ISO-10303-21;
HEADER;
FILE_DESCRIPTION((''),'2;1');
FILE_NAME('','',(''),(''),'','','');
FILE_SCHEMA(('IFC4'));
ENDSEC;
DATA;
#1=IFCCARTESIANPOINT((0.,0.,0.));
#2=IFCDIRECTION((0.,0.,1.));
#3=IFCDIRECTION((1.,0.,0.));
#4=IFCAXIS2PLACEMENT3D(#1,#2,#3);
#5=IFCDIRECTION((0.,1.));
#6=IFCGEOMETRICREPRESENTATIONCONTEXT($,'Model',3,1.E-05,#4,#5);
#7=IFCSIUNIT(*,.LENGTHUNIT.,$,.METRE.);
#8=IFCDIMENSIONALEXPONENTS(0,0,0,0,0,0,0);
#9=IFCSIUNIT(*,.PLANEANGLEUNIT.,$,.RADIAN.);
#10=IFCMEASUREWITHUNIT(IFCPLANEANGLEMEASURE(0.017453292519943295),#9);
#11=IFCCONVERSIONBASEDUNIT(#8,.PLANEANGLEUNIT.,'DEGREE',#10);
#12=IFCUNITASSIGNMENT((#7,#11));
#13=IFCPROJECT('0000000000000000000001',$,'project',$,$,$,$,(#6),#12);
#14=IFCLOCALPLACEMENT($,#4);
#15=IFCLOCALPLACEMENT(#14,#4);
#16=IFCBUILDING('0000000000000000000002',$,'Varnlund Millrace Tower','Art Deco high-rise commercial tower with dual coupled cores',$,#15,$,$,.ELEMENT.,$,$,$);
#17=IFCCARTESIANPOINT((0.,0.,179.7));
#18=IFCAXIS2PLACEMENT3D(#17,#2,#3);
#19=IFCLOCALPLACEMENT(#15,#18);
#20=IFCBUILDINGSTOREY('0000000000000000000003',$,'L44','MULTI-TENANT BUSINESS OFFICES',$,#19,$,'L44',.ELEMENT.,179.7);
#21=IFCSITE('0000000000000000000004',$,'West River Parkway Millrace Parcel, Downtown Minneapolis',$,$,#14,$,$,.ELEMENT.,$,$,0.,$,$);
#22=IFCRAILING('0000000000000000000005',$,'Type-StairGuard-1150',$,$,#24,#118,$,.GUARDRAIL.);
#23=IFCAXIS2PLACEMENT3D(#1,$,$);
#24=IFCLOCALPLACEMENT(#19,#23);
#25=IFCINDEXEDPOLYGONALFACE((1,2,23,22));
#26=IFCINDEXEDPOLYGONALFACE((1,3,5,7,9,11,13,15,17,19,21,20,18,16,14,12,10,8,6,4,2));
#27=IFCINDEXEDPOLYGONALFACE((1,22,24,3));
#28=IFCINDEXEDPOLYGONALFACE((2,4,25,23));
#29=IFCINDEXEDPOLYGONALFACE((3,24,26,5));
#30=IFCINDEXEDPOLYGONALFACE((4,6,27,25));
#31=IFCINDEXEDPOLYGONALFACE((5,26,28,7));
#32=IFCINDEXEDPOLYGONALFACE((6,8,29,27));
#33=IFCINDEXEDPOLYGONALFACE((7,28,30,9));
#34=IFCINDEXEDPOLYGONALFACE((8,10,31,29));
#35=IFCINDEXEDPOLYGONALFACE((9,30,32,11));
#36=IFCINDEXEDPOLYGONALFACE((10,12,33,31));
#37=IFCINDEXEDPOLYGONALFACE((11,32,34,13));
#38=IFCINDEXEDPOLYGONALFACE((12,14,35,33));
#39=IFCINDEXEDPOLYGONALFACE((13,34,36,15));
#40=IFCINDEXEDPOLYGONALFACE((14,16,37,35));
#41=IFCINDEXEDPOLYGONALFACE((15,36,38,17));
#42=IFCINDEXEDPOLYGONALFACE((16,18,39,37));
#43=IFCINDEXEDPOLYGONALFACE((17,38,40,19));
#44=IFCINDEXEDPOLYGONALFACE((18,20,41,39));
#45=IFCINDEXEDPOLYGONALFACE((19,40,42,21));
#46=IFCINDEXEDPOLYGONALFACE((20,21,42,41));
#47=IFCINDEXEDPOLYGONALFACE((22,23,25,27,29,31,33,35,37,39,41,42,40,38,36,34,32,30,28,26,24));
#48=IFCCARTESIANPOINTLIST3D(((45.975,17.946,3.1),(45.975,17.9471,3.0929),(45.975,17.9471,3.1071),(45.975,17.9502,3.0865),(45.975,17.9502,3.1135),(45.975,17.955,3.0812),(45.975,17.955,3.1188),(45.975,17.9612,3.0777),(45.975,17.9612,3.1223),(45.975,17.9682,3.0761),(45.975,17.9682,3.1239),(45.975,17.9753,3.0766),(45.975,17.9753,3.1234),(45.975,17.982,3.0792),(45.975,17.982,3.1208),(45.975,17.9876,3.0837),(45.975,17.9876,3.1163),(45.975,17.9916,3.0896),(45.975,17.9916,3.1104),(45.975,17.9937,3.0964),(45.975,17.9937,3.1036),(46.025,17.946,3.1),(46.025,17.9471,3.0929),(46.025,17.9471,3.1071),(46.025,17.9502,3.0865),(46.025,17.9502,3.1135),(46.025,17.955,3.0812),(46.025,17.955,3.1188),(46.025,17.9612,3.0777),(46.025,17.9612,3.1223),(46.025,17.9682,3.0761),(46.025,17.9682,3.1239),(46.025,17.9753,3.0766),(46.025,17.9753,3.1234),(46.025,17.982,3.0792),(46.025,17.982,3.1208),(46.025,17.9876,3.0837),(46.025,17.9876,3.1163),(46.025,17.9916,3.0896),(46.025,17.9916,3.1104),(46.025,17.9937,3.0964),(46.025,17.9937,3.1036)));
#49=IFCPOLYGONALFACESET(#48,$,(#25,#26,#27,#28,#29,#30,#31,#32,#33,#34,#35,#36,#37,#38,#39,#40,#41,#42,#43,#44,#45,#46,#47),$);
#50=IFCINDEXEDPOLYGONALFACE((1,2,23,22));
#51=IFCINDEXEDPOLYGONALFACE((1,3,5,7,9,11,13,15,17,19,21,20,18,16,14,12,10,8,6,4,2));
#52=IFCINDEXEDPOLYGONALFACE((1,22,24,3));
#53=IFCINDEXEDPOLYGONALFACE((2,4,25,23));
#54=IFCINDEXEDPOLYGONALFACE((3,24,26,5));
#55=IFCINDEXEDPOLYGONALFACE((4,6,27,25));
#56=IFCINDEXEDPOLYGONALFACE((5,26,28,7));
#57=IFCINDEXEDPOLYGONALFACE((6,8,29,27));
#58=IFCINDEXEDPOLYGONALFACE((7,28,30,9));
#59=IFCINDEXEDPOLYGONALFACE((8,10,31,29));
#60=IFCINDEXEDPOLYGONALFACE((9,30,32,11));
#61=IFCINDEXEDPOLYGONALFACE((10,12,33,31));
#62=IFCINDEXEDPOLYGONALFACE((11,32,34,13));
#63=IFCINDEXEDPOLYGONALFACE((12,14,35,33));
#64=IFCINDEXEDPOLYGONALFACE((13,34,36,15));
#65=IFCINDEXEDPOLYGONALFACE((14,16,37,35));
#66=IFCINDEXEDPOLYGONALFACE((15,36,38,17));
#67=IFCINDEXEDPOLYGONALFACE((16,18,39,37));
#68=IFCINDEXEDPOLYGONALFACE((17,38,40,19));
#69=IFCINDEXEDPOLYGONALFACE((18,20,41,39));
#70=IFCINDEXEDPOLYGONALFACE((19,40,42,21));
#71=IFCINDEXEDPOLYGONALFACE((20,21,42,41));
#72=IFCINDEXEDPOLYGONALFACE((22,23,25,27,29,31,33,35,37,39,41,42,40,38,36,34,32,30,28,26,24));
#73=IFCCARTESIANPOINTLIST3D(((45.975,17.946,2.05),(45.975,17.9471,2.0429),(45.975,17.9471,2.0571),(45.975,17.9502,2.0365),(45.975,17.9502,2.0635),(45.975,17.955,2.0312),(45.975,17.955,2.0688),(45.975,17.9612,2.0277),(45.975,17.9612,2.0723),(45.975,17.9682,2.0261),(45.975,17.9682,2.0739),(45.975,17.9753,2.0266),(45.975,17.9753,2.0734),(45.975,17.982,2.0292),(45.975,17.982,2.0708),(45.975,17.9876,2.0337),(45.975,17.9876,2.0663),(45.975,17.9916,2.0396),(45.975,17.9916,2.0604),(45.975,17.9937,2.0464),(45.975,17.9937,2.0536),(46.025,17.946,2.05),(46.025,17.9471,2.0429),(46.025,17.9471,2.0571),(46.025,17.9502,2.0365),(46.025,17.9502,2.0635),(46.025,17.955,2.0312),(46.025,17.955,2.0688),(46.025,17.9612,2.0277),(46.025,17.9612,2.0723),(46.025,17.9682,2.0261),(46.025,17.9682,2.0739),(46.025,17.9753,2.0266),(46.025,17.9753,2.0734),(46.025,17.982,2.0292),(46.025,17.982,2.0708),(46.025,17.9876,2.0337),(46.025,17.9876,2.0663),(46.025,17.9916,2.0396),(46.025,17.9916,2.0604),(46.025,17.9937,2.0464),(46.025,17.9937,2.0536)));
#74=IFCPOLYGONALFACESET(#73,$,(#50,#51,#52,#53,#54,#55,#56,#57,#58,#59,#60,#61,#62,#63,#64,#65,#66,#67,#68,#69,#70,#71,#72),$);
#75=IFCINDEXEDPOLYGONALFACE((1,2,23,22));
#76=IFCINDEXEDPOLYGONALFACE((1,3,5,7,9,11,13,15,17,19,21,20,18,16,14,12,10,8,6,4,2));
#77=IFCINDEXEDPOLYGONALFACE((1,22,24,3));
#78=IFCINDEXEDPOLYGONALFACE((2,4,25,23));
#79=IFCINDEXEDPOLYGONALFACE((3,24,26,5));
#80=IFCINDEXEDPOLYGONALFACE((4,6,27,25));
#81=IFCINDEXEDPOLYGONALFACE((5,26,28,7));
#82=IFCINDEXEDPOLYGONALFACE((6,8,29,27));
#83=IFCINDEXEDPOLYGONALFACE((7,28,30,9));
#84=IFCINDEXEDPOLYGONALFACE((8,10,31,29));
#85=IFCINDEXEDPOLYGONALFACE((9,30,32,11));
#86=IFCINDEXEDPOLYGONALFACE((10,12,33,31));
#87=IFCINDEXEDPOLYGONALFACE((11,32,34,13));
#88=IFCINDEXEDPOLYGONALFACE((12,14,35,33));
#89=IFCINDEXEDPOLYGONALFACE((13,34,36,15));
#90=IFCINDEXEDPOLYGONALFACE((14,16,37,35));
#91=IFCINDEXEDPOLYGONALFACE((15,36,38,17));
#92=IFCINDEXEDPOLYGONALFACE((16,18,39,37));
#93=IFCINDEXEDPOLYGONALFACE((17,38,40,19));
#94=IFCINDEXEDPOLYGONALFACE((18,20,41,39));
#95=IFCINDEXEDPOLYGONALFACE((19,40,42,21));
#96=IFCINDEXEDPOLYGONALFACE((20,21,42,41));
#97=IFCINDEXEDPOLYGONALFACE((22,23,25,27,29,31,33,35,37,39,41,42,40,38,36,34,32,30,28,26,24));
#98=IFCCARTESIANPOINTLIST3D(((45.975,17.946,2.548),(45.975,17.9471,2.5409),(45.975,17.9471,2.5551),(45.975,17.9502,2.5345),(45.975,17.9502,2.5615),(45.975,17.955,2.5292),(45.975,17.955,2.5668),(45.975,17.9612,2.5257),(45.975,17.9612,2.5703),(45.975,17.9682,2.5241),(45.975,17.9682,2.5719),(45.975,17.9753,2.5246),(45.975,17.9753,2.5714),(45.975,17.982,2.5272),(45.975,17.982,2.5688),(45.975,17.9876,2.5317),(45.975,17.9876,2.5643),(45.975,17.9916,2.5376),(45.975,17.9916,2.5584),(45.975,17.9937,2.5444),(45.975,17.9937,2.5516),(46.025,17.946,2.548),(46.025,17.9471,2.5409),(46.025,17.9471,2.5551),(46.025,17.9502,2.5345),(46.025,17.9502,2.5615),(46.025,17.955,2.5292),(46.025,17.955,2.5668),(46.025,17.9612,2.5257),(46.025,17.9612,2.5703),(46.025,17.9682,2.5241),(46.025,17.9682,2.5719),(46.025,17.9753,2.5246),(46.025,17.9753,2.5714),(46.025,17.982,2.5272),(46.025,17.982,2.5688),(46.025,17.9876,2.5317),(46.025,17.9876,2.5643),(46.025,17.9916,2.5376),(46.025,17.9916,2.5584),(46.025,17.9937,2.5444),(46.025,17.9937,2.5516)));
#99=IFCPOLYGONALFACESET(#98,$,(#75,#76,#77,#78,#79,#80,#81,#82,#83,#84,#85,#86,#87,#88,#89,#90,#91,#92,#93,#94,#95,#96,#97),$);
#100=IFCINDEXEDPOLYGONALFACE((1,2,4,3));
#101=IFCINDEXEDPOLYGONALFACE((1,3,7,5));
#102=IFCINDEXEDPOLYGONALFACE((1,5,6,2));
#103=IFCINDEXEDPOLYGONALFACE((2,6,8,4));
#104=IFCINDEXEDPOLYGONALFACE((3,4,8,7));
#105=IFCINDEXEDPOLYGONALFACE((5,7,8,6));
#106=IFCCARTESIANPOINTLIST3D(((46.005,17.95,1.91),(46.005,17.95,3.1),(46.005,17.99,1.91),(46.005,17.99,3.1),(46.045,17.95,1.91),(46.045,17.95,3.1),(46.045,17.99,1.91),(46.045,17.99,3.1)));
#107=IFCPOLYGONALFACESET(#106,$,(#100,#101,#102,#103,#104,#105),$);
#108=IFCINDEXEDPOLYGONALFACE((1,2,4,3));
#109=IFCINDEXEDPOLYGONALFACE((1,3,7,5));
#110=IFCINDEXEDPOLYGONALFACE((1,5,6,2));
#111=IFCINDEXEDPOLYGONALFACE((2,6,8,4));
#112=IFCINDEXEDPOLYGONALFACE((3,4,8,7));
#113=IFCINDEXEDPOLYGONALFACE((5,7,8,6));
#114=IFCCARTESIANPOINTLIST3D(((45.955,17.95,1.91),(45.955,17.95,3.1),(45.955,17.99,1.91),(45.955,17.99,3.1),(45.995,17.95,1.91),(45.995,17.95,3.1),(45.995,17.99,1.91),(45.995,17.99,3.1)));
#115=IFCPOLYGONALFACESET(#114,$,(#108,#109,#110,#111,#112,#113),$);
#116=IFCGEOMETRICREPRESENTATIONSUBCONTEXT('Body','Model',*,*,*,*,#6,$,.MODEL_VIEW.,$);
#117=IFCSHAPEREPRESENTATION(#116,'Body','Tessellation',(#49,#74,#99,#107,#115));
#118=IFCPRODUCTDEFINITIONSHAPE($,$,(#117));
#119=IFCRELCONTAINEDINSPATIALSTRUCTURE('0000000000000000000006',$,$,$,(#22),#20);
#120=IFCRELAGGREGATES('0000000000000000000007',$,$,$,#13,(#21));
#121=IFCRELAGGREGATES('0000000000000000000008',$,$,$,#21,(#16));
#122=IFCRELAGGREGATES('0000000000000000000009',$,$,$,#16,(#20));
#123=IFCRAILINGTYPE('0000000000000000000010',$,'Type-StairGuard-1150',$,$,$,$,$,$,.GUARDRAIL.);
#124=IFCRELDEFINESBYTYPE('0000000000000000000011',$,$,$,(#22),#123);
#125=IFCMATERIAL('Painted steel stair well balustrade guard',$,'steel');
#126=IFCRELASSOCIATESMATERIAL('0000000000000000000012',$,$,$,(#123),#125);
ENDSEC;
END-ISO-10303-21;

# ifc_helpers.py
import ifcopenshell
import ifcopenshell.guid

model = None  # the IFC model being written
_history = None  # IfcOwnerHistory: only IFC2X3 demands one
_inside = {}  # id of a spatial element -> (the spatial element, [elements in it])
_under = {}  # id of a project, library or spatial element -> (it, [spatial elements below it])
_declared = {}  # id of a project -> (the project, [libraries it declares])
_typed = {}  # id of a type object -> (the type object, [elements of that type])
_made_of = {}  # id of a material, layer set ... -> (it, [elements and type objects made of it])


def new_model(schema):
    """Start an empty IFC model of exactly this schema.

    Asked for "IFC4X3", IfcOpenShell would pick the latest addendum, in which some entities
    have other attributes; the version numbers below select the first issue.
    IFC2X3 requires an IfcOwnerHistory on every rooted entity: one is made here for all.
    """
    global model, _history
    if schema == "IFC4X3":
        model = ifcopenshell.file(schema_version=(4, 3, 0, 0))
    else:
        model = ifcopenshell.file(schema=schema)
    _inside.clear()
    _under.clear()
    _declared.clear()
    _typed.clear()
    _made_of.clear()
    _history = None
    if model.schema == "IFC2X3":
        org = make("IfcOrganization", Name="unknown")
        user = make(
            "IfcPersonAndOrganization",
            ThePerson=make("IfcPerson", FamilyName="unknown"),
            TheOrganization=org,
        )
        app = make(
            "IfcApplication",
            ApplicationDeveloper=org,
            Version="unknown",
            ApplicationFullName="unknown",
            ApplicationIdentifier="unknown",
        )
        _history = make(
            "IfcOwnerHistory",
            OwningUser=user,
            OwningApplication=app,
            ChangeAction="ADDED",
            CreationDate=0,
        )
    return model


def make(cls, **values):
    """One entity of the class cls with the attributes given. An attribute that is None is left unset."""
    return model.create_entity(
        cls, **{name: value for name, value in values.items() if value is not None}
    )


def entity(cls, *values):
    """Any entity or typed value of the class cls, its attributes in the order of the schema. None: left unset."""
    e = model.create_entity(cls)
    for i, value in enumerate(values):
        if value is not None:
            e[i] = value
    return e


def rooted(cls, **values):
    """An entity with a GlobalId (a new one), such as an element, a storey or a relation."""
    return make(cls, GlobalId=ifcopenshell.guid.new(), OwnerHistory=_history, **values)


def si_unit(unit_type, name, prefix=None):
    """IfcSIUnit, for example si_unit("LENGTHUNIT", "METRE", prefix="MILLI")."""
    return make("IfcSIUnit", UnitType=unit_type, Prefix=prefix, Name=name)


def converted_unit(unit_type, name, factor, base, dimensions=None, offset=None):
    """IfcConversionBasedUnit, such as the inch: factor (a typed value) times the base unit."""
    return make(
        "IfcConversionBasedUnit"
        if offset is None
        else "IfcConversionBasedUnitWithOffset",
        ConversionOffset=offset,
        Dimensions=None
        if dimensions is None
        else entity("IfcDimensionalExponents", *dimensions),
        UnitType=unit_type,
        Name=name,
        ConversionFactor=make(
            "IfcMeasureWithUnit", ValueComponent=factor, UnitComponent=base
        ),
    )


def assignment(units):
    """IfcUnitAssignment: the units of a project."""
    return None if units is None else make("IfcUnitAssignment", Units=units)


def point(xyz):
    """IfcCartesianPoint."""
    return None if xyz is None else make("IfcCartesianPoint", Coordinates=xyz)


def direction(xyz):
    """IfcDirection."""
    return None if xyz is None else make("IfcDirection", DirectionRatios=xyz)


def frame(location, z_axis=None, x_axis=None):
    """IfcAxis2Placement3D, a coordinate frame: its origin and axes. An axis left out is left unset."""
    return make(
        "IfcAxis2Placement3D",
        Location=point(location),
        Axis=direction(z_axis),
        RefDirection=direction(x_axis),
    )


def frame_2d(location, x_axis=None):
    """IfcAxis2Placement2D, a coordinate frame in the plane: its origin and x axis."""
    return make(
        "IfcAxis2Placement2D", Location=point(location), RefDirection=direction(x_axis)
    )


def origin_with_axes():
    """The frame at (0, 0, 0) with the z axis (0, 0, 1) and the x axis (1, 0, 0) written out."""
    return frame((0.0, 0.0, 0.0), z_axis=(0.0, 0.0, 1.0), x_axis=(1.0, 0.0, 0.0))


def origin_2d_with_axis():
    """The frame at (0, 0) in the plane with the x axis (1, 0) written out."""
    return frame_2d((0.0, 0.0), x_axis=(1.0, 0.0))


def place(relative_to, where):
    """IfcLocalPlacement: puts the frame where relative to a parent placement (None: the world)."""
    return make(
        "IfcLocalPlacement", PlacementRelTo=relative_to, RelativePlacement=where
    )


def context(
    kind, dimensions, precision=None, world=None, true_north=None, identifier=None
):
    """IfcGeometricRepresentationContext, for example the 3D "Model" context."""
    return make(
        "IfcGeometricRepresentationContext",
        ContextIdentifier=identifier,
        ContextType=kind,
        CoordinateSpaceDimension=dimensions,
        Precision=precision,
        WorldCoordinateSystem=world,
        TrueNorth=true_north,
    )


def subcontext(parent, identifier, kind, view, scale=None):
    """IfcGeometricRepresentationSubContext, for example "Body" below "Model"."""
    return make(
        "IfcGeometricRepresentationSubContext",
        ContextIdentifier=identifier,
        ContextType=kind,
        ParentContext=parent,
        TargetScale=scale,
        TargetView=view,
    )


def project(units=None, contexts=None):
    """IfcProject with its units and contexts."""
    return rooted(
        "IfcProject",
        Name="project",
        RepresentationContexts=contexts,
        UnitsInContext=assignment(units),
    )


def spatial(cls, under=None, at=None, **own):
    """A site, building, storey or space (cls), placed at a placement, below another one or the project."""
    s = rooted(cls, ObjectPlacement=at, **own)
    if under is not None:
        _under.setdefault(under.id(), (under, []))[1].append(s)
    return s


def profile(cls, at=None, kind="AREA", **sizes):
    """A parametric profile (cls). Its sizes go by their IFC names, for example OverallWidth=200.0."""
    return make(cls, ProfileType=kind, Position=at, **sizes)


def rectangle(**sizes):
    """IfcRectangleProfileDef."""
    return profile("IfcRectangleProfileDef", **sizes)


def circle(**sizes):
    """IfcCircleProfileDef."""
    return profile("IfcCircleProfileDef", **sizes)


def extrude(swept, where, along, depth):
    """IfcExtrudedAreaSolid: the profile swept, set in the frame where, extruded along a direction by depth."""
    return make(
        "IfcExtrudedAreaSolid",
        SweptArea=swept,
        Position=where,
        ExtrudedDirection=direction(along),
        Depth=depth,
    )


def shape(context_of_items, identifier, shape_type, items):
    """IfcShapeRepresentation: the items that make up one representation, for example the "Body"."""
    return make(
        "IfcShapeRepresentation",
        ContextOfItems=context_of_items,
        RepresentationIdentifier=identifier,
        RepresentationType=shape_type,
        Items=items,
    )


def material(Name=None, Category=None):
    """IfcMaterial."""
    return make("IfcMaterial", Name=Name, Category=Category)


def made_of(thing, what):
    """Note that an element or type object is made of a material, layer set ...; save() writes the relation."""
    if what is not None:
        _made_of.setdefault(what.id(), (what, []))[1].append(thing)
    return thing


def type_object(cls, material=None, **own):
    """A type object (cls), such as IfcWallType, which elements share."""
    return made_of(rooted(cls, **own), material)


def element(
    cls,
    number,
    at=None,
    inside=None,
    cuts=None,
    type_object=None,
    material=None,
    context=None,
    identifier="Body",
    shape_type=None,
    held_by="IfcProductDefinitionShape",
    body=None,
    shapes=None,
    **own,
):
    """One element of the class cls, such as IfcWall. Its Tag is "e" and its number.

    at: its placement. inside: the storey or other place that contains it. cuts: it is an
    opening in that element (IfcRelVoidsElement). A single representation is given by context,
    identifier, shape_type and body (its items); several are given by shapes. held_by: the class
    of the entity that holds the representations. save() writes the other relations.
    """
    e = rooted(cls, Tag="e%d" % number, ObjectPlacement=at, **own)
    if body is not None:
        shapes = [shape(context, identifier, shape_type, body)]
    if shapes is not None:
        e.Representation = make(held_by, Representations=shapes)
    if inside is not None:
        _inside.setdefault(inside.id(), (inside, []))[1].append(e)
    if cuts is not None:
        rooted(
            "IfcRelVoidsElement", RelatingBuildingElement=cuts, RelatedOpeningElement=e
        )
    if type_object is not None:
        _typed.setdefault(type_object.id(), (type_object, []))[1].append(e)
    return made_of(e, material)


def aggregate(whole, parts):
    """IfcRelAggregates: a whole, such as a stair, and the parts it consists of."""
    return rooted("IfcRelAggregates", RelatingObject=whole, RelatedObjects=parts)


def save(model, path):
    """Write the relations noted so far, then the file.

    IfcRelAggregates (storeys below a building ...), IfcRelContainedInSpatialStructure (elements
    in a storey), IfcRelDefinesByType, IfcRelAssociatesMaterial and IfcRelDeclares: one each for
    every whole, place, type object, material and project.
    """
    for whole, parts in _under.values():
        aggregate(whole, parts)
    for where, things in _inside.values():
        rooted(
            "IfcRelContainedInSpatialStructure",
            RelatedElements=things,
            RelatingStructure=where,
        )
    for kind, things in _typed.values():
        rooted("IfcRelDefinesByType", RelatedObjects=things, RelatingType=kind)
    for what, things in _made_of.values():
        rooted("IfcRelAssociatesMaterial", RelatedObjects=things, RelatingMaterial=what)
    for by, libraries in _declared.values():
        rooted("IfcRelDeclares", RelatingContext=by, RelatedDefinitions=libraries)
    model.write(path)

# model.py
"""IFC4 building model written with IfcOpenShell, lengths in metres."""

from ifc_helpers import new_model, entity, si_unit, converted_unit, direction, frame, origin_with_axes, origin_2d_with_axis, place, context, subcontext, project, spatial, rectangle, circle, extrude, material, type_object, element, save


model = new_model("IFC4")

# Units and contexts
model_context = context("Model", 3, precision=1e-05, world=origin_with_axes(), true_north=direction((0.0, 1.0)))
body_context = subcontext(model_context, "Body", "Model", "MODEL_VIEW")
ifc_project = project(units=[si_unit("LENGTHUNIT", "METRE"), converted_unit("PLANEANGLEUNIT", "DEGREE", entity("IfcPlaneAngleMeasure", 0.017453292519943295), si_unit("PLANEANGLEUNIT", "RADIAN"), dimensions=[0, 0, 0, 0, 0, 0, 0])], contexts=[model_context])

# Site, building, storey
site_placement = place(None, origin_with_axes())
site = spatial("IfcSite", under=ifc_project, at=site_placement, Name="West River Parkway Millrace Parcel, Downtown Minneapolis", CompositionType="ELEMENT", RefElevation=0.0)
building_placement = place(site_placement, origin_with_axes())
building = spatial("IfcBuilding", under=site, at=building_placement, Name="Varnlund Millrace Tower", Description="Art Deco high-rise commercial tower with dual coupled cores", CompositionType="ELEMENT")
storey_placement = place(building_placement, frame((0.0, 0.0, 179.7), z_axis=(0.0, 0.0, 1.0), x_axis=(1.0, 0.0, 0.0)))
storey = spatial("IfcBuildingStorey", under=building, at=storey_placement, Name="L44", Description="MULTI-TENANT BUSINESS OFFICES", LongName="L44", CompositionType="ELEMENT", Elevation=179.7)

# Railing
ifc_material_1 = material(Name="Painted steel stair well balustrade guard", Category="steel")
railing_type_1 = type_object("IfcRailingType", Name="Type-StairGuard-1150", PredefinedType="GUARDRAIL", material=ifc_material_1)
railing_1_placement = place(storey_placement, frame((0.0, 0.0, -179.7), z_axis=(0.0, 0.0, 1.0), x_axis=(1.0, 0.0, 0.0)))
element("IfcRailing", 1, at=railing_1_placement, inside=storey, type_object=railing_type_1, Name="Type-StairGuard-1150", PredefinedType="GUARDRAIL", context=body_context, shape_type="SweptSolid", body=[
    extrude(circle(Radius=0.024, at=origin_2d_with_axis()), frame((46.025, 17.97, 182.8), z_axis=(-1.0, 0.0, 0.0), x_axis=(0.0, -1.0, 0.0)), (0.0, 0.0, 1.0), 0.05),
    extrude(circle(Radius=0.024, at=origin_2d_with_axis()), frame((46.025, 17.97, 181.75), z_axis=(-1.0, 0.0, 0.0), x_axis=(0.0, -1.0, 0.0)), (0.0, 0.0, 1.0), 0.05),
    extrude(circle(Radius=0.024, at=origin_2d_with_axis()), frame((46.025, 17.97, 182.248), z_axis=(-1.0, 0.0, 0.0), x_axis=(0.0, -1.0, 0.0)), (0.0, 0.0, 1.0), 0.05),
    extrude(rectangle(XDim=0.04, YDim=0.04, at=origin_2d_with_axis()), frame((46.025, 17.97, 181.61), z_axis=(0.0, 0.0, 1.0), x_axis=(1.0, 0.0, 0.0)), (0.0, 0.0, 1.0), 1.19),
    extrude(rectangle(XDim=0.04, YDim=0.04, at=origin_2d_with_axis()), frame((45.975, 17.97, 181.61), z_axis=(0.0, 0.0, 1.0), x_axis=(1.0, 0.0, 0.0)), (0.0, 0.0, 1.0), 1.19),
])

save(model, "model.ifc")
